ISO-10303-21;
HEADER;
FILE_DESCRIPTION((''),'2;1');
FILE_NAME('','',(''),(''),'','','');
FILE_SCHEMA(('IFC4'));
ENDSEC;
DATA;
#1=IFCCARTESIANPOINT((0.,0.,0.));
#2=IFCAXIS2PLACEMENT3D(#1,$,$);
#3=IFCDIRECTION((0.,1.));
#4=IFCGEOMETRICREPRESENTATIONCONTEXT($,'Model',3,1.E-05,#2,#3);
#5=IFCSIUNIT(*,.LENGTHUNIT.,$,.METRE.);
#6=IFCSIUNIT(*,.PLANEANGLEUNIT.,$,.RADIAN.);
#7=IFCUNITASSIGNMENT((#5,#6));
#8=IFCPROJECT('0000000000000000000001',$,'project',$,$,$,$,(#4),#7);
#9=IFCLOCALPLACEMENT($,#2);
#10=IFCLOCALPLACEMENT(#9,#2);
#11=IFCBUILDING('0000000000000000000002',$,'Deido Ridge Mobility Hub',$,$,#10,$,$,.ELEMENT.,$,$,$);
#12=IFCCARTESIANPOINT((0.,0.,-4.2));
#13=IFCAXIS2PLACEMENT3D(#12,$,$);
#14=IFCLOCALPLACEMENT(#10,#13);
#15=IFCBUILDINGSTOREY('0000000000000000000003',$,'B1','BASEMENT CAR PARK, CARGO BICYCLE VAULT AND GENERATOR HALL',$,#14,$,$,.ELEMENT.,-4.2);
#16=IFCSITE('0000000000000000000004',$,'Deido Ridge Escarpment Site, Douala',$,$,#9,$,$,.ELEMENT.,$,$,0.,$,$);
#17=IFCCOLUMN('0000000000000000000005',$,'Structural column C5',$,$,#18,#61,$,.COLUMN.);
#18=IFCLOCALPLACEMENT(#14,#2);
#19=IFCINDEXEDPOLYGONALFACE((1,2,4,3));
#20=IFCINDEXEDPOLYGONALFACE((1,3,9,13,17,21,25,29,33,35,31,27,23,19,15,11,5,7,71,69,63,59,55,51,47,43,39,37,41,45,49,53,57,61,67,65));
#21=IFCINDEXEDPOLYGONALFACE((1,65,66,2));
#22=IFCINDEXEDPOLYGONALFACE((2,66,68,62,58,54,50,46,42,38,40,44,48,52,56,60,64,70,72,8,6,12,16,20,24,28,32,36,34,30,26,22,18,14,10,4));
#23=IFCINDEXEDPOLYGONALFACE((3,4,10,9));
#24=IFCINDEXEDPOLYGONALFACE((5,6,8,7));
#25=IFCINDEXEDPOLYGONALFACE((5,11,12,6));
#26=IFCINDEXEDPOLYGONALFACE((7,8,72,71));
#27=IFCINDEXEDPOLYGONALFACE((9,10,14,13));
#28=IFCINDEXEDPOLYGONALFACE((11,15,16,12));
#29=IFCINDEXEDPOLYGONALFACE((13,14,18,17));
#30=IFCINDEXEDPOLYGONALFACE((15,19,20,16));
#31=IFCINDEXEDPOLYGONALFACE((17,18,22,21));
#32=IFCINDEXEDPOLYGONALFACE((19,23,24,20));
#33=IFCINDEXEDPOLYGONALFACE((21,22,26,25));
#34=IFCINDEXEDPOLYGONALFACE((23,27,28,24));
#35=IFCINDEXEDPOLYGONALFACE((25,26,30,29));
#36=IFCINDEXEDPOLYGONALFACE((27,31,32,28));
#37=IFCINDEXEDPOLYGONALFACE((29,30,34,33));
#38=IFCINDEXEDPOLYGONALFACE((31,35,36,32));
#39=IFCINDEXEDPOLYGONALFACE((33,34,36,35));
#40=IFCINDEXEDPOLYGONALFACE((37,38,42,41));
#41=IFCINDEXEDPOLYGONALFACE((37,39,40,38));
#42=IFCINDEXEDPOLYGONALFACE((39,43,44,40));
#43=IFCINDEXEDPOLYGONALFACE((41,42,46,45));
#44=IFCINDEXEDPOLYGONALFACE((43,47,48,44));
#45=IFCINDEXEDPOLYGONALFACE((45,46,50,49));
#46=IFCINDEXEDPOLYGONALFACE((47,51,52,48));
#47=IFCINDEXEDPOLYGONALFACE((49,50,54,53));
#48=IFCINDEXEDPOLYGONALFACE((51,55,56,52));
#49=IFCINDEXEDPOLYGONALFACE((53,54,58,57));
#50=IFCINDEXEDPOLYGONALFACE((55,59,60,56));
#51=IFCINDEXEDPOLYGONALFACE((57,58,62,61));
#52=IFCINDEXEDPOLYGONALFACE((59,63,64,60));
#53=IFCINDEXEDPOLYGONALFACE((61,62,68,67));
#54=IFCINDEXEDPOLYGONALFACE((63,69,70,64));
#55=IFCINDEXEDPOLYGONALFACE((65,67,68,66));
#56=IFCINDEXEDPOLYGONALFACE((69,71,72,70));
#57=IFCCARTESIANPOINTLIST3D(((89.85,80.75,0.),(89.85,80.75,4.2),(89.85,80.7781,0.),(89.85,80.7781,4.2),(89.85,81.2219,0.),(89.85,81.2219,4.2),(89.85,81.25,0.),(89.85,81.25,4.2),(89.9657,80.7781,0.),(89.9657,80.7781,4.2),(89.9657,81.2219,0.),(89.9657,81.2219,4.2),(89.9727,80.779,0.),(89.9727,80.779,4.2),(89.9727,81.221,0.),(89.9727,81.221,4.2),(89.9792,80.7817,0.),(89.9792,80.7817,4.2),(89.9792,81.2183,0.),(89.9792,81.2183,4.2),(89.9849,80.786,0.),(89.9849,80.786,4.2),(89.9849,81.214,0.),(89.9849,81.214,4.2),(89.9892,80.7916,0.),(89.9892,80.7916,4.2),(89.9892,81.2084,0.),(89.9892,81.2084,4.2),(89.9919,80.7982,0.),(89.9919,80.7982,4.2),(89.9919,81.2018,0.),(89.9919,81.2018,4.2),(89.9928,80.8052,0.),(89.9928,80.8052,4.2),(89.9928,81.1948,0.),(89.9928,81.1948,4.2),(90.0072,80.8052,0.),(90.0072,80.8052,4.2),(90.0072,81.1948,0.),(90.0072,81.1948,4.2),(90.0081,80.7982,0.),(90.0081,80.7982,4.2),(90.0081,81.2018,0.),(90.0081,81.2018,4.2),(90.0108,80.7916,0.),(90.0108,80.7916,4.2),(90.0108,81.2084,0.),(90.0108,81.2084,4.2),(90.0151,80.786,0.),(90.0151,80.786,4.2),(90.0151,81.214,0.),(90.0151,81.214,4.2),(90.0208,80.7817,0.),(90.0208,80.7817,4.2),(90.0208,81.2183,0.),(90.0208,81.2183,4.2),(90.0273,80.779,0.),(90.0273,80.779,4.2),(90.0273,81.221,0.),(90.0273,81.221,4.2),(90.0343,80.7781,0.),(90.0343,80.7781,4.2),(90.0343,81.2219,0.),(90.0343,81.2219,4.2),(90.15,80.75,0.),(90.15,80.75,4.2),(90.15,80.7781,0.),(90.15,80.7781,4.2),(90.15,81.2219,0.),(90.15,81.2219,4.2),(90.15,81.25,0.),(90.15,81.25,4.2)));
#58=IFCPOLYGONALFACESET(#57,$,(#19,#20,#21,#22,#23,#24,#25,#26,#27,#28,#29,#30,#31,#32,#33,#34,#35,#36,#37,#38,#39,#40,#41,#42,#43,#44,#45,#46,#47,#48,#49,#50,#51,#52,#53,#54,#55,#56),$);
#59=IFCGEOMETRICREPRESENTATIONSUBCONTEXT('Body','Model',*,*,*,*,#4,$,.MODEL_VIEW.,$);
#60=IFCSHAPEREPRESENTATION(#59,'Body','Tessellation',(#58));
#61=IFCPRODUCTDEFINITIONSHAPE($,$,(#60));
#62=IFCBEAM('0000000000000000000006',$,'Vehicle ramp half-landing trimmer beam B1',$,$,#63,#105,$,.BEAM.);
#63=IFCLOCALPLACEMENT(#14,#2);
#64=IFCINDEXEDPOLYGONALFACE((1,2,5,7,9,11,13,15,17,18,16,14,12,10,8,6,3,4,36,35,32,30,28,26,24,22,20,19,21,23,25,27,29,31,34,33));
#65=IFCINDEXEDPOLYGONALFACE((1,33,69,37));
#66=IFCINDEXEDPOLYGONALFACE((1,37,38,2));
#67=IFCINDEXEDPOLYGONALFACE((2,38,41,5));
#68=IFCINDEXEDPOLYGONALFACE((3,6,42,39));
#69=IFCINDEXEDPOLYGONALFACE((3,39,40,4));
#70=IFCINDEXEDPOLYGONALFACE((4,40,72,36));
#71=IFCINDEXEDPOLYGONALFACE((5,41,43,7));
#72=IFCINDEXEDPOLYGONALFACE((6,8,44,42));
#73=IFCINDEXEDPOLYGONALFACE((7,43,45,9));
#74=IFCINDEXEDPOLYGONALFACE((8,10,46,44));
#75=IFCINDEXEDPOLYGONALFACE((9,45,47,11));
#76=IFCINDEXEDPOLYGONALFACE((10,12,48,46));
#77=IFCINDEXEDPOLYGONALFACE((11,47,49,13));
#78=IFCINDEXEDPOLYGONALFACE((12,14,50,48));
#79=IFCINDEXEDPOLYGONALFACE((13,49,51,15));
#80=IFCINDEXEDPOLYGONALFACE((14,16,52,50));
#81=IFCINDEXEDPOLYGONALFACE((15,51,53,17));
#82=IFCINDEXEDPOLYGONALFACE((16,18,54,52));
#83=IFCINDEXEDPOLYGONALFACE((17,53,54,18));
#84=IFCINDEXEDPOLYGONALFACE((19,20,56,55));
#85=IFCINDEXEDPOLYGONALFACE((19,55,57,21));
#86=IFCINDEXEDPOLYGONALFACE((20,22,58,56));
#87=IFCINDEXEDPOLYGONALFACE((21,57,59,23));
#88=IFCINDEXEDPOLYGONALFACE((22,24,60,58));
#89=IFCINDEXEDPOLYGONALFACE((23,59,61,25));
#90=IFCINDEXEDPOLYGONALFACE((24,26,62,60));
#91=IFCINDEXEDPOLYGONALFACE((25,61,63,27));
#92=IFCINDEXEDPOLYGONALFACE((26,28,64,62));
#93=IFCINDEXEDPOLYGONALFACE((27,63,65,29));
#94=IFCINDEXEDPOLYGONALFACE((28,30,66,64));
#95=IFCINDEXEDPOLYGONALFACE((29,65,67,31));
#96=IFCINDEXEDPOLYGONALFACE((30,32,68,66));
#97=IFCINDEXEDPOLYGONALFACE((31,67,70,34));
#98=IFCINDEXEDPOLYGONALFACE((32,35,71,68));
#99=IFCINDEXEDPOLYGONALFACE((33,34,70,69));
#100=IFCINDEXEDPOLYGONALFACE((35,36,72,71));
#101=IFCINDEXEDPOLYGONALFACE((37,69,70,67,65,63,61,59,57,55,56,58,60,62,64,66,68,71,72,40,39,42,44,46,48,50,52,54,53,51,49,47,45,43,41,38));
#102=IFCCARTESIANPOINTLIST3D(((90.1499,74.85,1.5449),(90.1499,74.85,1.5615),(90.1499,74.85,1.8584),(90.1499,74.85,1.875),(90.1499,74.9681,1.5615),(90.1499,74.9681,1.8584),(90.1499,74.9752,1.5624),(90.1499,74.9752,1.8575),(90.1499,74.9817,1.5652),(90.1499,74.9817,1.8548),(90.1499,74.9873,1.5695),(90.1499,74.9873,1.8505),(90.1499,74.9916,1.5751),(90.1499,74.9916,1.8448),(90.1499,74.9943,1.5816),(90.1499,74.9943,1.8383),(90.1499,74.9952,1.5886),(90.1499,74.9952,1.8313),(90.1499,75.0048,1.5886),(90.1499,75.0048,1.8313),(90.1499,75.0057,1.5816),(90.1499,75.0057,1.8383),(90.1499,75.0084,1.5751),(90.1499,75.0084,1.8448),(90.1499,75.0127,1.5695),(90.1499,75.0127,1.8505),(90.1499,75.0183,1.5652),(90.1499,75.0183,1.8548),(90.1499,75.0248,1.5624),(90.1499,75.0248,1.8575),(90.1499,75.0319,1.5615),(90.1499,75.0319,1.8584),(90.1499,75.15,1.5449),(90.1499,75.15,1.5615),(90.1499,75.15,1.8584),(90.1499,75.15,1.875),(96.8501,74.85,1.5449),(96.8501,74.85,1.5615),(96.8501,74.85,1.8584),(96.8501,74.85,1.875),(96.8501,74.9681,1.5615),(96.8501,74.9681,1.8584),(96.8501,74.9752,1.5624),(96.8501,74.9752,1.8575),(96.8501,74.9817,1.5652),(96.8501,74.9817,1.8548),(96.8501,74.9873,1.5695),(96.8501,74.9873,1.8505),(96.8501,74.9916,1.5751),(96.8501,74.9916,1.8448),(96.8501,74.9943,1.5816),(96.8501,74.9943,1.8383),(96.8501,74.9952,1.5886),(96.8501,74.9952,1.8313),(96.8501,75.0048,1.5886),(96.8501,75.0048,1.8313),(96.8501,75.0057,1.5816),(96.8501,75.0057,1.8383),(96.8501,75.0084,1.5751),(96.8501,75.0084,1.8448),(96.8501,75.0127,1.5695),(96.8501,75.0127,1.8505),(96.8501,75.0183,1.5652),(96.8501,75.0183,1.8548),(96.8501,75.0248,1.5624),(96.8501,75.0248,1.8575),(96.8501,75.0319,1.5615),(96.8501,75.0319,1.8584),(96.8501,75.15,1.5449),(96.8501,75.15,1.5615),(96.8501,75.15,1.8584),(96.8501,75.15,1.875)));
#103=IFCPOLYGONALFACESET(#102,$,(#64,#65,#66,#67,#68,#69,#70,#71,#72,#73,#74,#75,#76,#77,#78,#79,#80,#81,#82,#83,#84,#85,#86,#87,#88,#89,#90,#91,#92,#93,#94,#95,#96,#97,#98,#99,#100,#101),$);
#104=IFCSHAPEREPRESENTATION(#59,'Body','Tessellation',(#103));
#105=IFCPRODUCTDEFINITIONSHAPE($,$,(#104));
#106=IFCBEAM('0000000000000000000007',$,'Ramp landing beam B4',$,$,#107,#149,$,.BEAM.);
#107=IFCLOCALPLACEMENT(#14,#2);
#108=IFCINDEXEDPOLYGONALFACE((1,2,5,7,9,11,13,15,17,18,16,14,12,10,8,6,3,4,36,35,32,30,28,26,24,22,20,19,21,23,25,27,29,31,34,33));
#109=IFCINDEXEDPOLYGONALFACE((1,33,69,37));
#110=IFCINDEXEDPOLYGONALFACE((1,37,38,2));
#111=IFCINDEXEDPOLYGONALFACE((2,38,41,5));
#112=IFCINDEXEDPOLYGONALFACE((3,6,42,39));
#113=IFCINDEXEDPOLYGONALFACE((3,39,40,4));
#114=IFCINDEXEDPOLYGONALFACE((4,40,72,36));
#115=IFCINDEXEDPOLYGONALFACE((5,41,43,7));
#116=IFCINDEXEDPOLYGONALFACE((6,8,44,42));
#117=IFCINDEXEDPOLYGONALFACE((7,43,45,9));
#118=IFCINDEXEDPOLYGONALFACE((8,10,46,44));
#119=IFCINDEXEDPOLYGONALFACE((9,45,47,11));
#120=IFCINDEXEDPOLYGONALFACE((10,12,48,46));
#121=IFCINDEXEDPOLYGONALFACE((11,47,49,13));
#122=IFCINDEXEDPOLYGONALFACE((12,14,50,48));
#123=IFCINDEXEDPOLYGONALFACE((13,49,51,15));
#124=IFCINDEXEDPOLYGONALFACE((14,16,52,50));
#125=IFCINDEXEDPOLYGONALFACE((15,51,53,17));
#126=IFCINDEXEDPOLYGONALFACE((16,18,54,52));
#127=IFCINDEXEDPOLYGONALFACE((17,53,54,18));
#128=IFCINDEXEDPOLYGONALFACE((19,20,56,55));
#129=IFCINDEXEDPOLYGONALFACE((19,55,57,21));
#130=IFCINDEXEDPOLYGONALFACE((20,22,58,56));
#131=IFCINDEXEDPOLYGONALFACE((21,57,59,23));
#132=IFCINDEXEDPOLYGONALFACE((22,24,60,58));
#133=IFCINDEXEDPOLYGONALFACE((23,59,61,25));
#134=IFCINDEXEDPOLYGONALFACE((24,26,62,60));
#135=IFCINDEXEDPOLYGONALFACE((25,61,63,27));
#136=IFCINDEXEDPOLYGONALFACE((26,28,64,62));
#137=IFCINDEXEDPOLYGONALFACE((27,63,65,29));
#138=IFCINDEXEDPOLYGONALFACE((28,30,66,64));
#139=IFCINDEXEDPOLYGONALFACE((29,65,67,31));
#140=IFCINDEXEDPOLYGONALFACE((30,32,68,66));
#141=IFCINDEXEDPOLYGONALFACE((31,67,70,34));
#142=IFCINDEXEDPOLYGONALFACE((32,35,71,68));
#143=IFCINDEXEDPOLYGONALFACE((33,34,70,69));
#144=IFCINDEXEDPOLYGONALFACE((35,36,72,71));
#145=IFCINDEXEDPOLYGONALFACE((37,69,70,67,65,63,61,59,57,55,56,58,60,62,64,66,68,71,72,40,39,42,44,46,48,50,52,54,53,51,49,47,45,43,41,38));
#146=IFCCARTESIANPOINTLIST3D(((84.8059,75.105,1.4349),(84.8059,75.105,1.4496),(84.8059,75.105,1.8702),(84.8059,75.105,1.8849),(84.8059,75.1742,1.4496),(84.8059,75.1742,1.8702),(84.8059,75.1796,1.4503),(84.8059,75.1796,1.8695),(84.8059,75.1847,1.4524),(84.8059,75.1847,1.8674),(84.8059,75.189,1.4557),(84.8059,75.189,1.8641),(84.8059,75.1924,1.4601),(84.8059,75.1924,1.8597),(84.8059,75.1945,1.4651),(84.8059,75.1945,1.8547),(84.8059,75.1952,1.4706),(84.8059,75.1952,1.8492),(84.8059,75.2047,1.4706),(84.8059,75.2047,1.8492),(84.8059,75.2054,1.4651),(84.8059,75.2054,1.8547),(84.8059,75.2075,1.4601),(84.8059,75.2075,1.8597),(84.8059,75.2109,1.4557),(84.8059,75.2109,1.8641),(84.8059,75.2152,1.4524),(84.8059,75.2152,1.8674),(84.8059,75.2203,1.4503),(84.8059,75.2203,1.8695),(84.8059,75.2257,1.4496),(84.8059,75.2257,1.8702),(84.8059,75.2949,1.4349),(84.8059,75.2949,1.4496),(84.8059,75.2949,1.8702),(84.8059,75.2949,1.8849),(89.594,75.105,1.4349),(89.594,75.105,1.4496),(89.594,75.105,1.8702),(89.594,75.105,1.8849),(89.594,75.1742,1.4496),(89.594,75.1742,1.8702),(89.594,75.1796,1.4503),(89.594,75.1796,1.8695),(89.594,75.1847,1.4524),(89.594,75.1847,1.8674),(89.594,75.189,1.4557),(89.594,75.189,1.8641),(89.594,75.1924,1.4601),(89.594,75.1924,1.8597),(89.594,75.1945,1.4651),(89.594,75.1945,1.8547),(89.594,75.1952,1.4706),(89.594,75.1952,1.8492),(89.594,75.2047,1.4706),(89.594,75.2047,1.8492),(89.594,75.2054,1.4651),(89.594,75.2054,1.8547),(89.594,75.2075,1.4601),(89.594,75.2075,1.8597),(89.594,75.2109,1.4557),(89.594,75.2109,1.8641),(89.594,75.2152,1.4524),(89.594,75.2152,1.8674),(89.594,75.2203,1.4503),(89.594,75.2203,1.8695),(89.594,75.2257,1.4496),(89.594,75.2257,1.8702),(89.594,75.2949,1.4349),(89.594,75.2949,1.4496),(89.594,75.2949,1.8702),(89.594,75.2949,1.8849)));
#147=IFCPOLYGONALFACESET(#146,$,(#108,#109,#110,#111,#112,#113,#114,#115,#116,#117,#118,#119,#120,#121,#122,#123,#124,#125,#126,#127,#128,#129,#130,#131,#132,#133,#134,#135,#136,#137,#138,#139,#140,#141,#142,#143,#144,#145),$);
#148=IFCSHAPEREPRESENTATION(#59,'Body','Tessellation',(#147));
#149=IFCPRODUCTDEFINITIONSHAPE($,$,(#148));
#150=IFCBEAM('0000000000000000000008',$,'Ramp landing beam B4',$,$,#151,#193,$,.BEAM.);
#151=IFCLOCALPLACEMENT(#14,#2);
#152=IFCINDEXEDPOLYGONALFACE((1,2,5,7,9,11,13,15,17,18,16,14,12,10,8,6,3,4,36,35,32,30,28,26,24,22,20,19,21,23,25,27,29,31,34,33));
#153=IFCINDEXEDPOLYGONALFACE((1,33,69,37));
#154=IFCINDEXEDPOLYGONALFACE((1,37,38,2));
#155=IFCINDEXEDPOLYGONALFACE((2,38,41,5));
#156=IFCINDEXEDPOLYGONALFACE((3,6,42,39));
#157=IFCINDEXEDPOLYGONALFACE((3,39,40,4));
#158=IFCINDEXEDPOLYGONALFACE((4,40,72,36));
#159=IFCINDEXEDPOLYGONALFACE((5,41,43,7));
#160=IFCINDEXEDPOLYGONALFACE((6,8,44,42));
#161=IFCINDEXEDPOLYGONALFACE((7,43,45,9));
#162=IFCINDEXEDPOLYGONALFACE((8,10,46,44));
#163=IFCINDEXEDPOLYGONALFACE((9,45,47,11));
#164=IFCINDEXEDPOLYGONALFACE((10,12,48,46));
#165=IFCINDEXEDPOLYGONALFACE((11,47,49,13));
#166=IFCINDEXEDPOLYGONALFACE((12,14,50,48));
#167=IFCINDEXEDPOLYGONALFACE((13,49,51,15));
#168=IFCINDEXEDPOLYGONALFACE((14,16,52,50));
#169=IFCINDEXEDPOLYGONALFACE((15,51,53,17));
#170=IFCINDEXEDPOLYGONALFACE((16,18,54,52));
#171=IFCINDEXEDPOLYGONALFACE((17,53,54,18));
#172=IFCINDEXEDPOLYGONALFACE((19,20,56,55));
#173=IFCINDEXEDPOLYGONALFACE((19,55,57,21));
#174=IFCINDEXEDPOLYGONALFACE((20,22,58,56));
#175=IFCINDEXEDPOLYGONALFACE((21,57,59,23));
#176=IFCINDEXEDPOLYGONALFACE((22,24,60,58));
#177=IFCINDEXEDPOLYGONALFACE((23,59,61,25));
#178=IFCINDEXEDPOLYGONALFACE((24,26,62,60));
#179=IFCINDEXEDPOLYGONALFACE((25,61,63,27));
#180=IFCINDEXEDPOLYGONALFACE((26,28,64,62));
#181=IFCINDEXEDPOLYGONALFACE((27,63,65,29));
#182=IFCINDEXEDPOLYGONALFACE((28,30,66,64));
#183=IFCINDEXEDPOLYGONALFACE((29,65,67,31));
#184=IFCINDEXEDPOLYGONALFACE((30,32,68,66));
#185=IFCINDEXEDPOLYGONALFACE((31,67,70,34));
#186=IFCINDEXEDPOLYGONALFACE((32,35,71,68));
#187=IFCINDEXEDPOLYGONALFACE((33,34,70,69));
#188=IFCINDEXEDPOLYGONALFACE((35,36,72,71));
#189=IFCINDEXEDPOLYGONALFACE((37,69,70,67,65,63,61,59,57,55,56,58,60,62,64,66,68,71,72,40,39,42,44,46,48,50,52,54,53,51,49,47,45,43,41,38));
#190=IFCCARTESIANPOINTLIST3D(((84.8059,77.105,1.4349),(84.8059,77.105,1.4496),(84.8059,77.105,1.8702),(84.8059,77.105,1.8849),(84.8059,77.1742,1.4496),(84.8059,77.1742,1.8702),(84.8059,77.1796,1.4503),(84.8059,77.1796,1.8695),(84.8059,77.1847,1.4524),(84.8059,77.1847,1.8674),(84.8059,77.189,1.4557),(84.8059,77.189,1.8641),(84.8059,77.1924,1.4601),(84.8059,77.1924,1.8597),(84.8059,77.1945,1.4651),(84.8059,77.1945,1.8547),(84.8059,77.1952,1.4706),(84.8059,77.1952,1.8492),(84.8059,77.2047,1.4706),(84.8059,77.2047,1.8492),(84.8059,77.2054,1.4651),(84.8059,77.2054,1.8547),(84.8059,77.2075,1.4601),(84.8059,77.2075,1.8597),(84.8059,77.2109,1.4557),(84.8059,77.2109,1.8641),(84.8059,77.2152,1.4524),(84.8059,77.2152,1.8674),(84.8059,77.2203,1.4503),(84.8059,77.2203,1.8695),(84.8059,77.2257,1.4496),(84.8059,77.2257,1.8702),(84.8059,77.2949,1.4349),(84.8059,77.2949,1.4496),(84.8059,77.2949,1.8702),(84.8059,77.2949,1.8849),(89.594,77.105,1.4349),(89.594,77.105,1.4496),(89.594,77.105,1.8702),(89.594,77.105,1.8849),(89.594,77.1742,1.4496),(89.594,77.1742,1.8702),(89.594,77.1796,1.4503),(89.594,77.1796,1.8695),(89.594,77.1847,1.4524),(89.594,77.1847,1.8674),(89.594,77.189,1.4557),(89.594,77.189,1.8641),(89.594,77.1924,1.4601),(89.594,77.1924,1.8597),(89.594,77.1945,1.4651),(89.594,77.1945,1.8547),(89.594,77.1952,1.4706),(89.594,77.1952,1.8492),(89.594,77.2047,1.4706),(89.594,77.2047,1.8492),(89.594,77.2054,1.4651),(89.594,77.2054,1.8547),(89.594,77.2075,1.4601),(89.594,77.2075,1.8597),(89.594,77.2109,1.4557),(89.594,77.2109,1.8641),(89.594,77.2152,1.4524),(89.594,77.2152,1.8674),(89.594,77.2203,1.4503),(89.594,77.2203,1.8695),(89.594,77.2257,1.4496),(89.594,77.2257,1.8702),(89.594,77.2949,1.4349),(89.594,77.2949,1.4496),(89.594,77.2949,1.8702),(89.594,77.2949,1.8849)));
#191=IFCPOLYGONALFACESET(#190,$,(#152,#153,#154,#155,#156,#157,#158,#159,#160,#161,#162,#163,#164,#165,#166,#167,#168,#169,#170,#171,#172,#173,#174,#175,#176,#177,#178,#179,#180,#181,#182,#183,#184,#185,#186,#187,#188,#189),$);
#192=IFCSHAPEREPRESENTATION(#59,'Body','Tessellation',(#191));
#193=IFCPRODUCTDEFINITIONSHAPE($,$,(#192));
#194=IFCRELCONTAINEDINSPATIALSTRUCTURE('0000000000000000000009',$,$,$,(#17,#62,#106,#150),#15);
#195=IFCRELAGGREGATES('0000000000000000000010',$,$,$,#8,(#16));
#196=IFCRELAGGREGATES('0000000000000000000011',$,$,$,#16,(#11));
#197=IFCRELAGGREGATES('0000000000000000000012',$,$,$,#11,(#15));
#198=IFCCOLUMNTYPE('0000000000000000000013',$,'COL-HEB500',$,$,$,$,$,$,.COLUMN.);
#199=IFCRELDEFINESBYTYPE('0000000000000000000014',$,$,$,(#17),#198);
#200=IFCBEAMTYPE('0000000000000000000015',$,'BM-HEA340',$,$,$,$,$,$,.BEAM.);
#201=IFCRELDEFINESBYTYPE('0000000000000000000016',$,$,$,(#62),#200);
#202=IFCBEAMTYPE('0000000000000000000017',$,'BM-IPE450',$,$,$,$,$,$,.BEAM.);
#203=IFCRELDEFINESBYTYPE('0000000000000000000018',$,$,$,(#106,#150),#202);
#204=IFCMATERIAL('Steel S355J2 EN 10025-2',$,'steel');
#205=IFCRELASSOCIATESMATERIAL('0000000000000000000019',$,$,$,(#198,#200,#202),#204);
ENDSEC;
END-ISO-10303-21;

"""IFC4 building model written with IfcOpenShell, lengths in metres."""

from ifc_helpers import new_model, si_unit, direction, frame, origin, origin_2d, place, context, subcontext, project, spatial, i_section, extrude, material, material_profile, profile_set, type_object, element, save


model = new_model("IFC4")

# Units and contexts
model_context = context("Model", 3, precision=1e-05, world=origin(), true_north=direction((0.0, 1.0)))
body_context = subcontext(model_context, "Body", "Model", "MODEL_VIEW")
ifc_project = project(units=[si_unit("LENGTHUNIT", "METRE"), si_unit("PLANEANGLEUNIT", "RADIAN")], contexts=[model_context])

# Site, building, storey
site_placement = place(None, origin())
site = spatial("IfcSite", under=ifc_project, at=site_placement, Name="Deido Ridge Escarpment Site, Douala", CompositionType="ELEMENT", RefElevation=0.0)
building_placement = place(site_placement, origin())
building = spatial("IfcBuilding", under=site, at=building_placement, Name="Deido Ridge Mobility Hub", CompositionType="ELEMENT")
storey_placement = place(building_placement, frame((0.0, 0.0, -4.2)))
storey = spatial("IfcBuildingStorey", under=building, at=storey_placement, Name="B1", Description="BASEMENT CAR PARK, CARGO BICYCLE VAULT AND GENERATOR HALL", CompositionType="ELEMENT", Elevation=-4.2)

# Column
ifc_material_1 = material(Name="Steel S355J2 EN 10025-2", Category="steel")
ifc_material_profile_1 = material_profile(ifc_material_1, i_section(OverallWidth=0.3, OverallDepth=0.5, WebThickness=0.0144, FlangeThickness=0.0281, FilletRadius=0.0271, at=origin_2d()), Name="HEB 500")
ifc_profile_set_1 = profile_set([ifc_material_profile_1], Name="Steel S355J2 EN 10025-2")
column_type_1 = type_object("IfcColumnType", Name="COL-HEB500", PredefinedType="COLUMN", material=ifc_profile_set_1)
column_placement = place(storey_placement, frame((90.0, 81.0, 0.0), z_axis=(0.0, 0.0, 1.0), x_axis=(1.0, 0.0, 0.0)))
element("IfcColumn", 1, at=column_placement, inside=storey, type_object=column_type_1, Name="Structural column C5", PredefinedType="COLUMN", context=body_context, shape_type="SweptSolid", body=[
    extrude(i_section(OverallWidth=0.3, OverallDepth=0.5, WebThickness=0.0144, FlangeThickness=0.0281, FilletRadius=0.0271, at=origin_2d()), origin(), (0.0, 0.0, 1.0), 4.2),
])

# Beams
ifc_material_profile_2 = material_profile(ifc_material_1, i_section(OverallWidth=0.3, OverallDepth=0.3301, WebThickness=0.0095, FlangeThickness=0.0166, FilletRadius=0.0271, at=origin_2d()), Name="HEA 340")
ifc_profile_set_2 = profile_set([ifc_material_profile_2], Name="Steel S355J2 EN 10025-2")
beam_type_1 = type_object("IfcBeamType", Name="BM-HEA340", PredefinedType="BEAM", material=ifc_profile_set_2)
beam_1_placement = place(storey_placement, frame((90.1499, 75.0, 1.71), z_axis=(1.0, 0.0, 0.0), x_axis=(0.0, 1.0, 0.0)))
element("IfcBeam", 2, at=beam_1_placement, inside=storey, type_object=beam_type_1, Name="Vehicle ramp half-landing trimmer beam B1", PredefinedType="BEAM", context=body_context, shape_type="SweptSolid", body=[
    extrude(i_section(OverallWidth=0.3, OverallDepth=0.3301, WebThickness=0.0095, FlangeThickness=0.0166, FilletRadius=0.0271, at=origin_2d()), origin(), (0.0, 0.0, 1.0), 6.7002),
])
ifc_material_profile_3 = material_profile(ifc_material_1, i_section(OverallWidth=0.1899, OverallDepth=0.45, WebThickness=0.0095, FlangeThickness=0.0146, FilletRadius=0.021, at=origin_2d()), Name="IPE 450")
ifc_profile_set_3 = profile_set([ifc_material_profile_3], Name="Steel S355J2 EN 10025-2")
beam_type_2 = type_object("IfcBeamType", Name="BM-IPE450", PredefinedType="BEAM", material=ifc_profile_set_3)
for number, where, z_axis, x_axis, name in (
    (3, (84.8059, 75.2, 1.6599), (1.0, 0.0, 0.0), (0.0, 1.0, 0.0), "Ramp landing beam B4"),
    (4, (84.8059, 77.2, 1.6599), (1.0, 0.0, 0.0), (0.0, 1.0, 0.0), "Ramp landing beam B4"),
):
    element("IfcBeam", number, at=place(storey_placement, frame(where, z_axis=z_axis, x_axis=x_axis)), inside=storey, type_object=beam_type_2, Name=name, PredefinedType="BEAM", context=body_context, shape_type="SweptSolid", body=[
        extrude(i_section(OverallWidth=0.1899, OverallDepth=0.45, WebThickness=0.0095, FlangeThickness=0.0146, FilletRadius=0.021, at=origin_2d()), origin(), (0.0, 0.0, 1.0), 4.7881),
    ])

save(model, "model.ifc")
